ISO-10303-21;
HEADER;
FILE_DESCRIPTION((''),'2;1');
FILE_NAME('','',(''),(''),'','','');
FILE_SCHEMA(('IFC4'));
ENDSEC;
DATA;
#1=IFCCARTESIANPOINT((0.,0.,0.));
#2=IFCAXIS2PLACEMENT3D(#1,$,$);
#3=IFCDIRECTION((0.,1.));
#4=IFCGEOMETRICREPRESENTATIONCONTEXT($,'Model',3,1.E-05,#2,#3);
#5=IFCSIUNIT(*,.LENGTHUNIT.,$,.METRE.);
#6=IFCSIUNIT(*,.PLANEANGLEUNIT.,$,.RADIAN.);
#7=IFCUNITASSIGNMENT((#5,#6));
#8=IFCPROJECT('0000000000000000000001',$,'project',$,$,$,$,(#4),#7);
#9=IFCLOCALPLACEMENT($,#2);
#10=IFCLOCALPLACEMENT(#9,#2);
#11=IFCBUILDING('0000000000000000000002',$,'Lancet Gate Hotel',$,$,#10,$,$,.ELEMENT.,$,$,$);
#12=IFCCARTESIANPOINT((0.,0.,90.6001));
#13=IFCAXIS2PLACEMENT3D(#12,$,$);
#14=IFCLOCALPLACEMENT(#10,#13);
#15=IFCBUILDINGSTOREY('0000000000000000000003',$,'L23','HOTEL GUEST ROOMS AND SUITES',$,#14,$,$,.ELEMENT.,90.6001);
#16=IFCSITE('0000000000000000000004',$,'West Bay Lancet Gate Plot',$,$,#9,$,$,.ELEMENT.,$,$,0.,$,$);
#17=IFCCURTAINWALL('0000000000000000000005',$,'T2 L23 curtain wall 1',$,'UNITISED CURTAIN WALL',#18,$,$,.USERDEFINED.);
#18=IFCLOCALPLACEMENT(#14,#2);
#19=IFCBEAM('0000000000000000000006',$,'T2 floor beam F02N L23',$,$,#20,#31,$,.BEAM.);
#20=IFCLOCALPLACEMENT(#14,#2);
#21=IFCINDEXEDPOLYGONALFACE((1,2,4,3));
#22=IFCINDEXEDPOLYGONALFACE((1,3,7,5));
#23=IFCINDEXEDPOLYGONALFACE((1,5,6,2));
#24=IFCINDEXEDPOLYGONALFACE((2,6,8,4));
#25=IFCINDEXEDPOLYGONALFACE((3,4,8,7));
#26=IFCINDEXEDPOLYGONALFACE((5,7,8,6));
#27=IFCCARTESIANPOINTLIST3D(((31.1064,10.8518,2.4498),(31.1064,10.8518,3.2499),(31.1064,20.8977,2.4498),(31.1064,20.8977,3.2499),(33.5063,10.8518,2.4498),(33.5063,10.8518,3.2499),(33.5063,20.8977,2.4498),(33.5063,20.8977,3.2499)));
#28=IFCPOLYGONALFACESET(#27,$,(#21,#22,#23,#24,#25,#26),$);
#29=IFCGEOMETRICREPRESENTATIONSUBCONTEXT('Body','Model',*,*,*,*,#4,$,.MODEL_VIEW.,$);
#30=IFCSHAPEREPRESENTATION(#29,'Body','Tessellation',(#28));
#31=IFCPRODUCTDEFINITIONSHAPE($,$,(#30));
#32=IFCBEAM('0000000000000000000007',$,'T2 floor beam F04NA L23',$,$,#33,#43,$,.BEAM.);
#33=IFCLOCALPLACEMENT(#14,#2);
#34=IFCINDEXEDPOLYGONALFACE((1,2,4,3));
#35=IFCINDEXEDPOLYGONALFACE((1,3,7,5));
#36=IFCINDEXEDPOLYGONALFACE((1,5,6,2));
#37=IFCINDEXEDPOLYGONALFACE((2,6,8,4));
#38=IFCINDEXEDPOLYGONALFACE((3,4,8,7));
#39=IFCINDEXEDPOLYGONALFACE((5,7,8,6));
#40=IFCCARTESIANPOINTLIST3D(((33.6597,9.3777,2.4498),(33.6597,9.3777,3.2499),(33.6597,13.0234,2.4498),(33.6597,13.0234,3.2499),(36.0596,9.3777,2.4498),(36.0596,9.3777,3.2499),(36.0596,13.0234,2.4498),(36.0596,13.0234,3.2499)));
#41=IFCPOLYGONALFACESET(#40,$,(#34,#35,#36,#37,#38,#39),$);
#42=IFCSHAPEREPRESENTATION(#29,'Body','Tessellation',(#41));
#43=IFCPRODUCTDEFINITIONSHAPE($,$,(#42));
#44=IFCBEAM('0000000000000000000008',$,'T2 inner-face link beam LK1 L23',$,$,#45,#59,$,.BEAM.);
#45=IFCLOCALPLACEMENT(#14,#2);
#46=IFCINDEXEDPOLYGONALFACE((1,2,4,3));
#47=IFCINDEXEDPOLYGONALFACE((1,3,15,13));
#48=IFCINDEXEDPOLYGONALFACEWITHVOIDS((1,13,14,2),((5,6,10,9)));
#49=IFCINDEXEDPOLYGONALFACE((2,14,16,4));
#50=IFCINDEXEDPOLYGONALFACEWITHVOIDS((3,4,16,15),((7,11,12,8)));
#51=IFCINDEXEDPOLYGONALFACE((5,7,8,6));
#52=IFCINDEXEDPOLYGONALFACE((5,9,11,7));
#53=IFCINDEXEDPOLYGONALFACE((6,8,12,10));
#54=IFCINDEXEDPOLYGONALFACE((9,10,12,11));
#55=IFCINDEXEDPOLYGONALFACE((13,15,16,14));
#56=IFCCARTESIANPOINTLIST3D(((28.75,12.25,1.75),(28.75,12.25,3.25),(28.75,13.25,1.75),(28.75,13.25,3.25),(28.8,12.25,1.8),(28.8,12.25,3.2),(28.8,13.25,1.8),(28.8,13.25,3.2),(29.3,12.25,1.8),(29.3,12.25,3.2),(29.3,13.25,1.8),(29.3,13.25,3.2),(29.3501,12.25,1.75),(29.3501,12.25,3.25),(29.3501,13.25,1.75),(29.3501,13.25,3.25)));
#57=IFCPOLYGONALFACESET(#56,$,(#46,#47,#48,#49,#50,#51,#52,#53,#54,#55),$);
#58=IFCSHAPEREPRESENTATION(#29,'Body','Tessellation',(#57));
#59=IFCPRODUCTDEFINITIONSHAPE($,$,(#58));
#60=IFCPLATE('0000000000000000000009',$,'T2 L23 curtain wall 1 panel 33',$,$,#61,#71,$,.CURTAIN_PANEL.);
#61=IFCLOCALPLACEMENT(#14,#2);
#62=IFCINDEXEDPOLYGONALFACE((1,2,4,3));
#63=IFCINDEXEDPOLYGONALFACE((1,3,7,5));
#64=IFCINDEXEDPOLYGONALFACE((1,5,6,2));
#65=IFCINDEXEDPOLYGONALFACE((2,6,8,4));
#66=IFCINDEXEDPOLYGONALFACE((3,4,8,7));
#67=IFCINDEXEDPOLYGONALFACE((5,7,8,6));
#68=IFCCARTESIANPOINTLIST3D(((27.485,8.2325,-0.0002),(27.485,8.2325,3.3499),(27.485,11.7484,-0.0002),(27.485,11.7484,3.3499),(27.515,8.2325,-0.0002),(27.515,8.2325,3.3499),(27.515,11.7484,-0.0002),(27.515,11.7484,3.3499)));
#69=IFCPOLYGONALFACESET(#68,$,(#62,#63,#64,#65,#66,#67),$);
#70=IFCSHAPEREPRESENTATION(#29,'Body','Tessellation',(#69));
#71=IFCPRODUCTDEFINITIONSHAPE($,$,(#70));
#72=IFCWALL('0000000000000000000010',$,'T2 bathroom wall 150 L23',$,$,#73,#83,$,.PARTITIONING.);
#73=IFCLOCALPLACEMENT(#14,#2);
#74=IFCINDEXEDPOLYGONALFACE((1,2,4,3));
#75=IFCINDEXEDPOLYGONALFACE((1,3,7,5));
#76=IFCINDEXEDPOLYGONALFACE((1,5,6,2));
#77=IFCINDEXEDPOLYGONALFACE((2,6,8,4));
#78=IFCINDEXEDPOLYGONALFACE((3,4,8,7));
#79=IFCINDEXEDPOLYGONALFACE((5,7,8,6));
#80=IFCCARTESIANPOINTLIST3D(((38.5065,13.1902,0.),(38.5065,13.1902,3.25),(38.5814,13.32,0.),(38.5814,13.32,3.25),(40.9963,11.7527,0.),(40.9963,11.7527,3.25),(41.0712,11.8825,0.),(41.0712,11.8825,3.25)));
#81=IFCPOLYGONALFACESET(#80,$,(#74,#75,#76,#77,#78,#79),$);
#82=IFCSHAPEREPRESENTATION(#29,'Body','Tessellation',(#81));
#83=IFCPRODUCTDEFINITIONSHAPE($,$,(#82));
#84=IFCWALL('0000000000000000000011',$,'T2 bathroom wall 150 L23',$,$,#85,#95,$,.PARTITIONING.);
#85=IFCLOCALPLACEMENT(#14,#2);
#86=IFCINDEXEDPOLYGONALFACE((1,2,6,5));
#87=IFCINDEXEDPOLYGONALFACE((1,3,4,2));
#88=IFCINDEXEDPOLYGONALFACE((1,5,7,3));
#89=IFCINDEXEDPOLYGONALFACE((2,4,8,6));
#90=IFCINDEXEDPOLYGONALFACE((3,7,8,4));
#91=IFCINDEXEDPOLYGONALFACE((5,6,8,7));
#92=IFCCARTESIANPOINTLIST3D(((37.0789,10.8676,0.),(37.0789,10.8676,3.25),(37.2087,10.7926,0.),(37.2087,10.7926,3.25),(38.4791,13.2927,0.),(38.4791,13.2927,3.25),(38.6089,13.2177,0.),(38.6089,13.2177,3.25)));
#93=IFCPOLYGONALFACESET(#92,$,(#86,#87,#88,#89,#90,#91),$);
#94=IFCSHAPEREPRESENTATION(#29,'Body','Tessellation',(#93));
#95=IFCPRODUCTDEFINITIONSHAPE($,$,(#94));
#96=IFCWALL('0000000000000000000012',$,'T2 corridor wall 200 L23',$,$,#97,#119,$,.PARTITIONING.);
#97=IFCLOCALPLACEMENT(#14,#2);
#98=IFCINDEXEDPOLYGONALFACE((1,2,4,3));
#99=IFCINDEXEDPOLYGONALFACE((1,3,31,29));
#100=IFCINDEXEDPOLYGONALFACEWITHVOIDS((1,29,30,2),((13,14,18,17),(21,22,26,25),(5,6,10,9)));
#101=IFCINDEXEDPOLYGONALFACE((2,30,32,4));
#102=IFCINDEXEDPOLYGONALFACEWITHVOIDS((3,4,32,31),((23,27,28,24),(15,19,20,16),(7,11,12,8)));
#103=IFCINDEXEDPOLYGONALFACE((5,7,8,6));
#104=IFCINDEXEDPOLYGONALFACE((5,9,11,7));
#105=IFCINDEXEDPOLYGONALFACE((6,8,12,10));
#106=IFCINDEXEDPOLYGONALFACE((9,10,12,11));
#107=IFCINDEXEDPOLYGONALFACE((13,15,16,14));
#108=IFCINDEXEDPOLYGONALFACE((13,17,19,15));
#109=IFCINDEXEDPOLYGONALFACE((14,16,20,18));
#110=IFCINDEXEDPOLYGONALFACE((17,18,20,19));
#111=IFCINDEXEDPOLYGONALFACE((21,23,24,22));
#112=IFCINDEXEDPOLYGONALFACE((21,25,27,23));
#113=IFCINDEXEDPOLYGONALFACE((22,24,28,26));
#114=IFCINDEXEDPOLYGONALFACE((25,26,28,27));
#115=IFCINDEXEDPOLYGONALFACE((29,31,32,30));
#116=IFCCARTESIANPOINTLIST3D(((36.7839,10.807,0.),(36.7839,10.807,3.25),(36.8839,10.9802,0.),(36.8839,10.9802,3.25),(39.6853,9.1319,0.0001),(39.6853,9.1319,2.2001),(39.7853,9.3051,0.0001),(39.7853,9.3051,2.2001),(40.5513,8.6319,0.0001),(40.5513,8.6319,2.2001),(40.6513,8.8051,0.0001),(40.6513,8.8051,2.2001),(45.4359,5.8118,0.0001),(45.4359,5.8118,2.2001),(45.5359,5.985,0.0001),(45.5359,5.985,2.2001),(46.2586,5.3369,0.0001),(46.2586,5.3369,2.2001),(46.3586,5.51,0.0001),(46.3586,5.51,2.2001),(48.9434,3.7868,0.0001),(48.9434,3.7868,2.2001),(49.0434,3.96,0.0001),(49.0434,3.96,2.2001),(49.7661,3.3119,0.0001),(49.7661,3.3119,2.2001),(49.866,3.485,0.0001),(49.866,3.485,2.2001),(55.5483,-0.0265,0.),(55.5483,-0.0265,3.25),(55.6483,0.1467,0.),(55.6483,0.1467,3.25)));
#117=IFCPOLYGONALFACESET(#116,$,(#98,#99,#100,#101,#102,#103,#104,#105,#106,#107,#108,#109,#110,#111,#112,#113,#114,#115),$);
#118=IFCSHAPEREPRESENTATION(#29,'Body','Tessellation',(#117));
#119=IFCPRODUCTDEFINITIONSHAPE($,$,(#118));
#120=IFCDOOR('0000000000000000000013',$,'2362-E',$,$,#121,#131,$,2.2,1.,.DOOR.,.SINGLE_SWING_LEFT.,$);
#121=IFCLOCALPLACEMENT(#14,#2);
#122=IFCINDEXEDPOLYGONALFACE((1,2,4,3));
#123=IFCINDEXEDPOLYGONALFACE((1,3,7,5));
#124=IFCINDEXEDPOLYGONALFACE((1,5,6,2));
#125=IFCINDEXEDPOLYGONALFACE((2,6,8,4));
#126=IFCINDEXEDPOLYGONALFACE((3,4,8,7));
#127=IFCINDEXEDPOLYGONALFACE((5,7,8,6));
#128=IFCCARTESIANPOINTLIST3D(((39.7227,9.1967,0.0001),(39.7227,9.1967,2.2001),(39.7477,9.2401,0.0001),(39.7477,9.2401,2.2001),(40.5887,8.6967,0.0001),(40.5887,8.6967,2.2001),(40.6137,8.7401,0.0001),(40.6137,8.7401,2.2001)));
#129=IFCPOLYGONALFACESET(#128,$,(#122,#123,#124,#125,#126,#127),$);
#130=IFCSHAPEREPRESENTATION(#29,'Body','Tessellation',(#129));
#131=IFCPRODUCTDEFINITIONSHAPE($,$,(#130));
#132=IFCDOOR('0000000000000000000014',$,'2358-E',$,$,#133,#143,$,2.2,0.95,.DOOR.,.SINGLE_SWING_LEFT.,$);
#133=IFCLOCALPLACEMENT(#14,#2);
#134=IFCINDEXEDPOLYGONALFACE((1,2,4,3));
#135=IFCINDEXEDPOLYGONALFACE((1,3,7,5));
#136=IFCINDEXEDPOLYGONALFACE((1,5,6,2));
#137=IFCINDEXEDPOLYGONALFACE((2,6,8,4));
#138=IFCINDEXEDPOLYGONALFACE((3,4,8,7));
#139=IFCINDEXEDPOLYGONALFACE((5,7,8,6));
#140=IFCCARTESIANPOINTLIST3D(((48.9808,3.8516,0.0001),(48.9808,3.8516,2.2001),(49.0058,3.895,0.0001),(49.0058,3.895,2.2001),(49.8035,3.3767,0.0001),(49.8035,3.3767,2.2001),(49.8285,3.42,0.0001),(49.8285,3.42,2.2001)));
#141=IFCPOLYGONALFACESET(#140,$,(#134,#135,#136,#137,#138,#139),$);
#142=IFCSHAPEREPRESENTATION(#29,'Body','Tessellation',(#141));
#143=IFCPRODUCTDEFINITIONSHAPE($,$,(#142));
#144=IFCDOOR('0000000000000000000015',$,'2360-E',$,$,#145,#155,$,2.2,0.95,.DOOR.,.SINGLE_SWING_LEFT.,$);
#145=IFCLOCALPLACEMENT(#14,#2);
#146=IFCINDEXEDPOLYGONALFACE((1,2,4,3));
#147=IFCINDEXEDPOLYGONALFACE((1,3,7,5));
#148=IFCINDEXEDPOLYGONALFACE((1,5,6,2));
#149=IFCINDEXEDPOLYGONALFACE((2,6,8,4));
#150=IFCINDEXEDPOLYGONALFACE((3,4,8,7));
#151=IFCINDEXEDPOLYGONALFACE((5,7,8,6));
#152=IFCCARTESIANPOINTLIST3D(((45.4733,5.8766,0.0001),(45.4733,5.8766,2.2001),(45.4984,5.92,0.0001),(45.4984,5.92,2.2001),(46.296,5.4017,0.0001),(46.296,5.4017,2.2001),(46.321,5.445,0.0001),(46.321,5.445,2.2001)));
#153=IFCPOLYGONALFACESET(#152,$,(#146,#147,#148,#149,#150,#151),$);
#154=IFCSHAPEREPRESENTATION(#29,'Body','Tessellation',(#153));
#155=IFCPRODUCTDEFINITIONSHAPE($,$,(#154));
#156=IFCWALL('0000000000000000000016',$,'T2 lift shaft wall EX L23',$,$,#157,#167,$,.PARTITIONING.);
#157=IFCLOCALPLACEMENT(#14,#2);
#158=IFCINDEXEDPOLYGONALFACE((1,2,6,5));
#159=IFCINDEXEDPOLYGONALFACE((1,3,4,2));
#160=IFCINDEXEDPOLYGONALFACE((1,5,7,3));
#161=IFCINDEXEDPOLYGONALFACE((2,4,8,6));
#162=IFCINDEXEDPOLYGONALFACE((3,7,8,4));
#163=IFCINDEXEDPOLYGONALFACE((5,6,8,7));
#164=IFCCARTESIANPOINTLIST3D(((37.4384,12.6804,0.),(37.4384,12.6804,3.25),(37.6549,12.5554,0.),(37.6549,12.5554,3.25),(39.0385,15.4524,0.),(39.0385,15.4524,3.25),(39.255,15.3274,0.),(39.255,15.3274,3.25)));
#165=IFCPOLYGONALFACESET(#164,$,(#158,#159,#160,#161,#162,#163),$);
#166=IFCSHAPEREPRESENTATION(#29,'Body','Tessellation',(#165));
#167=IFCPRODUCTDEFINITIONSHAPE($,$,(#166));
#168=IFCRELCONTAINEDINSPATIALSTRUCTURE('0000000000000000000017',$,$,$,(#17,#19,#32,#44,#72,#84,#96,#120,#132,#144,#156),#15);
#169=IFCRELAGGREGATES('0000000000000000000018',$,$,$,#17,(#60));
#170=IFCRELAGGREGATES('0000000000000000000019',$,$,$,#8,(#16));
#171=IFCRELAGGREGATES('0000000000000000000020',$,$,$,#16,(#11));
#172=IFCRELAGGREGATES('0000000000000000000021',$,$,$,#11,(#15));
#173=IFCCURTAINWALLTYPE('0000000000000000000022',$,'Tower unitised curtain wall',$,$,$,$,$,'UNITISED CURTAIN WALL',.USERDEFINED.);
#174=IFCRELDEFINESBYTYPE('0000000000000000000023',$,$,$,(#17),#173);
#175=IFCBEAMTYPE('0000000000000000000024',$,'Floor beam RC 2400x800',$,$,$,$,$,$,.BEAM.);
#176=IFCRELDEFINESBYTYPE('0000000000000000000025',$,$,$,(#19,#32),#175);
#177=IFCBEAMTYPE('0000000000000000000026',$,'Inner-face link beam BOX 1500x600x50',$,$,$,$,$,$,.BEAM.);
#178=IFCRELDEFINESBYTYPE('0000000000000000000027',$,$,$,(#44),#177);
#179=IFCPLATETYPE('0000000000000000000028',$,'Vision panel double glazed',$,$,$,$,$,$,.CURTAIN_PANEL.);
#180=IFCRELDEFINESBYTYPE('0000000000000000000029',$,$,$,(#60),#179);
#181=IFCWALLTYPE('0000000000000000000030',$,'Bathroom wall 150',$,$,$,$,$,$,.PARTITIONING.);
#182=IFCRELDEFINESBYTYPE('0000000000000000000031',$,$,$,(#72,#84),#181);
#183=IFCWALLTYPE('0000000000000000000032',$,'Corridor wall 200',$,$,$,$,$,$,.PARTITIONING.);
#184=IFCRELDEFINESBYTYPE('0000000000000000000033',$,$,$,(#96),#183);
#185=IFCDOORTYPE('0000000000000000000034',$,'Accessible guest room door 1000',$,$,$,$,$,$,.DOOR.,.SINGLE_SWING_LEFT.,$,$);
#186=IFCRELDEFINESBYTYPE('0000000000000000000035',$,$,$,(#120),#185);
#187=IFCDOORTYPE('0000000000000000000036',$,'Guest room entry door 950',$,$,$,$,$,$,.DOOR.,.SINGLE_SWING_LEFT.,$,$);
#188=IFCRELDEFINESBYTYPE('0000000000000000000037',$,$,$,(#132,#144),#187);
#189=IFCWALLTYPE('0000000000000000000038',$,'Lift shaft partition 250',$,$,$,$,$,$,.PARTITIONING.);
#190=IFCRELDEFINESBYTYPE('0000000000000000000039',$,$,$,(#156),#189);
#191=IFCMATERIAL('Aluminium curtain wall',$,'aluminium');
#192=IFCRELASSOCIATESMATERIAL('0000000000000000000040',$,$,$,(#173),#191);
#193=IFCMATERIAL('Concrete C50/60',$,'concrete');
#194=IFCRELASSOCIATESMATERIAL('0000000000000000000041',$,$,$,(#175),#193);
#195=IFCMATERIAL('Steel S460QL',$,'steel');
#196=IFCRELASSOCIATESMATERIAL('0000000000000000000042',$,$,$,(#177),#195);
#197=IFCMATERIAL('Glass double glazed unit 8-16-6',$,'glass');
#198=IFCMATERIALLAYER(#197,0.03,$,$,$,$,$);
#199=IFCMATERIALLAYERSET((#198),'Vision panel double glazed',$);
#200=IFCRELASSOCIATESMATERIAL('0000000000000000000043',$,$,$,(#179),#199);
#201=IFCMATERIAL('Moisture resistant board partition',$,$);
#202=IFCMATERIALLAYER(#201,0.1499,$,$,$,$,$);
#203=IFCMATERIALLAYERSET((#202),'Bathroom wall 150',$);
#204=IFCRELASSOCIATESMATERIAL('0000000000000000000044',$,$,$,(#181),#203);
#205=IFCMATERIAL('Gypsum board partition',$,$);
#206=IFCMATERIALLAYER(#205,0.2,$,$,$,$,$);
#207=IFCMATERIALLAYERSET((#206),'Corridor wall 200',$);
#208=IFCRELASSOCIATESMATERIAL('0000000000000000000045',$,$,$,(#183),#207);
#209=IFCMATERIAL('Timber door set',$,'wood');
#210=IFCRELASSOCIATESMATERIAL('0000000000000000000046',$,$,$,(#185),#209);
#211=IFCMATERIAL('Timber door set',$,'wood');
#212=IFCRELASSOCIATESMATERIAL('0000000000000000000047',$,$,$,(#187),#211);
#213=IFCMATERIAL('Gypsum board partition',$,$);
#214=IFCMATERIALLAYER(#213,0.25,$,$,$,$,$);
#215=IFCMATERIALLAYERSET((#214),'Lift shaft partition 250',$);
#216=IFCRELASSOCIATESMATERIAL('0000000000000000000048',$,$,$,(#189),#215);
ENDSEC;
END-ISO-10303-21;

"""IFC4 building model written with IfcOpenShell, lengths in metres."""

from ifc_helpers import new_model, si_unit, direction, frame, frame_2d, origin, origin_2d, place, context, subcontext, project, spatial, rectangle, hollow_rectangle, extrude, material, layer, layer_set, material_profile, profile_set, type_object, element, fill, aggregate, save


model = new_model("IFC4")

# Units and contexts
model_context = context("Model", 3, precision=1e-05, world=origin(), true_north=direction((0.0, 1.0)))
body_context = subcontext(model_context, "Body", "Model", "MODEL_VIEW")
ifc_project = project(units=[si_unit("LENGTHUNIT", "METRE"), si_unit("PLANEANGLEUNIT", "RADIAN")], contexts=[model_context])

# Site, building, storey
site_placement = place(None, origin())
site = spatial("IfcSite", under=ifc_project, at=site_placement, Name="West Bay Lancet Gate Plot", CompositionType="ELEMENT", RefElevation=0.0)
building_placement = place(site_placement, origin())
building = spatial("IfcBuilding", under=site, at=building_placement, Name="Lancet Gate Hotel", CompositionType="ELEMENT")
storey_placement = place(building_placement, frame((0.0, 0.0, 90.6001)))
storey = spatial("IfcBuildingStorey", under=building, at=storey_placement, Name="L23", Description="HOTEL GUEST ROOMS AND SUITES", CompositionType="ELEMENT", Elevation=90.6001)

# Curtain wall
ifc_material_1 = material(Name="Aluminium curtain wall", Category="aluminium")
curtain_wall_type = type_object("IfcCurtainWallType", Name="Tower unitised curtain wall", ElementType="UNITISED CURTAIN WALL", PredefinedType="USERDEFINED", material=ifc_material_1)
curtain_wall_placement = place(storey_placement, origin())
curtain_wall = element("IfcCurtainWall", 1, at=curtain_wall_placement, inside=storey, type_object=curtain_wall_type, Name="T2 L23 curtain wall 1", ObjectType="UNITISED CURTAIN WALL", PredefinedType="USERDEFINED")

# Beams
ifc_material_2 = material(Name="Concrete C50/60", Category="concrete")
ifc_material_profile_1 = material_profile(ifc_material_2, rectangle(XDim=2.3999, YDim=0.8, at=origin_2d()), Name="RC 2400x800")
ifc_profile_set_1 = profile_set([ifc_material_profile_1], Name="Concrete C50/60")
beam_type_1 = type_object("IfcBeamType", Name="Floor beam RC 2400x800", PredefinedType="BEAM", material=ifc_profile_set_1)
beam_1_placement = place(storey_placement, frame((32.3064, 10.8518, 2.8499), z_axis=(0.0, 1.0, 0.0), x_axis=(-1.0, 0.0, 0.0)))
element("IfcBeam", 2, at=beam_1_placement, inside=storey, type_object=beam_type_1, Name="T2 floor beam F02N L23", PredefinedType="BEAM", context=body_context, shape_type="SweptSolid", body=[
    extrude(rectangle(XDim=2.3999, YDim=0.8, at=origin_2d()), origin(), (0.0, 0.0, 1.0), 10.0459),
])
beam_2_placement = place(storey_placement, frame((34.8596, 9.3777, 2.8499), z_axis=(0.0, 1.0, 0.0), x_axis=(-1.0, 0.0, 0.0)))
element("IfcBeam", 3, at=beam_2_placement, inside=storey, type_object=beam_type_1, Name="T2 floor beam F04NA L23", PredefinedType="BEAM", context=body_context, shape_type="SweptSolid", body=[
    extrude(rectangle(XDim=2.3999, YDim=0.8, at=origin_2d()), origin(), (0.0, 0.0, 1.0), 3.6458),
])
ifc_material_3 = material(Name="Steel S460QL", Category="steel")
ifc_material_profile_2 = material_profile(ifc_material_3, hollow_rectangle(XDim=0.6001, YDim=1.5, WallThickness=0.05, at=origin_2d()), Name="BOX 1500x600x50")
ifc_profile_set_2 = profile_set([ifc_material_profile_2], Name="Steel S460QL")
beam_type_2 = type_object("IfcBeamType", Name="Inner-face link beam BOX 1500x600x50", PredefinedType="BEAM", material=ifc_profile_set_2)
beam_3_placement = place(storey_placement, frame((29.05, 12.25, 2.5), z_axis=(0.0, 1.0, 0.0), x_axis=(-1.0, 0.0, 0.0)))
element("IfcBeam", 4, at=beam_3_placement, inside=storey, type_object=beam_type_2, Name="T2 inner-face link beam LK1 L23", PredefinedType="BEAM", context=body_context, shape_type="SweptSolid", body=[
    extrude(hollow_rectangle(XDim=0.6001, YDim=1.5, WallThickness=0.05, at=origin_2d()), origin(), (0.0, 0.0, 1.0), 1.0),
])

# Plate
ifc_material_4 = material(Name="Glass double glazed unit 8-16-6", Category="glass")
ifc_layer_1 = layer(ifc_material_4, 0.03)
ifc_layer_set_1 = layer_set([ifc_layer_1], Name="Vision panel double glazed")
plate_type = type_object("IfcPlateType", Name="Vision panel double glazed", PredefinedType="CURTAIN_PANEL", material=ifc_layer_set_1)
plate_placement = place(storey_placement, frame((27.5, 9.9905, -0.0002), z_axis=(0.0, 0.0, 1.0), x_axis=(0.0, -1.0, 0.0)))
plate = element("IfcPlate", 5, at=plate_placement, type_object=plate_type, Name="T2 L23 curtain wall 1 panel 33", PredefinedType="CURTAIN_PANEL", context=body_context, shape_type="SweptSolid", body=[
    extrude(rectangle(XDim=3.5159, YDim=0.03, at=origin_2d()), origin(), (0.0, 0.0, 1.0), 3.3501),
])
aggregate(curtain_wall, [plate])

# Walls
ifc_material_5 = material(Name="Moisture resistant board partition")
ifc_layer_2 = layer(ifc_material_5, 0.1499)
ifc_layer_set_2 = layer_set([ifc_layer_2], Name="Bathroom wall 150")
wall_type_1 = type_object("IfcWallType", Name="Bathroom wall 150", PredefinedType="PARTITIONING", material=ifc_layer_set_2)
wall_1_placement = place(storey_placement, frame((38.5439, 13.2551, 0.0), z_axis=(0.0, 0.0, 1.0), x_axis=(0.866019, -0.500012, 0.0)))
element("IfcWall", 6, at=wall_1_placement, inside=storey, type_object=wall_type_1, Name="T2 bathroom wall 150 L23", PredefinedType="PARTITIONING", context=body_context, shape_type="SweptSolid", body=[
    extrude(rectangle(XDim=2.875, YDim=0.1499, at=frame_2d((1.4375, 0.0))), origin(), (0.0, 0.0, 1.0), 3.25),
])
wall_2_placement = place(storey_placement, frame((37.1438, 10.8301, 0.0), z_axis=(0.0, 0.0, 1.0), x_axis=(0.500012, 0.866019, 0.0)))
element("IfcWall", 7, at=wall_2_placement, inside=storey, type_object=wall_type_1, Name="T2 bathroom wall 150 L23", PredefinedType="PARTITIONING", context=body_context, shape_type="SweptSolid", body=[
    extrude(rectangle(XDim=2.8003, YDim=0.1499, at=frame_2d((1.4001, 0.0))), origin(), (0.0, 0.0, 1.0), 3.25),
])

# Wall, openings, doors
ifc_material_6 = material(Name="Gypsum board partition")
ifc_layer_3 = layer(ifc_material_6, 0.2)
ifc_layer_set_3 = layer_set([ifc_layer_3], Name="Corridor wall 200")
wall_type_2 = type_object("IfcWallType", Name="Corridor wall 200", PredefinedType="PARTITIONING", material=ifc_layer_set_3)
wall_3_placement = place(storey_placement, frame((36.834, 10.8936, 0.0), z_axis=(0.0, 0.0, 1.0), x_axis=(0.866028, -0.499995, 0.0)))
wall_3 = element("IfcWall", 8, at=wall_3_placement, inside=storey, type_object=wall_type_2, Name="T2 corridor wall 200 L23", PredefinedType="PARTITIONING", context=body_context, shape_type="SweptSolid", body=[
    extrude(rectangle(XDim=21.6672, YDim=0.2, at=frame_2d((10.8335, 0.0))), origin(), (0.0, 0.0, 1.0), 3.25),
])
opening_1_placement = place(wall_3_placement, frame((14.0403, 0.0, 0.0)))
opening_1 = element("IfcOpeningElement", 9, at=opening_1_placement, cuts=wall_3, PredefinedType="OPENING", context=body_context, shape_type="SweptSolid", body=[
    extrude(rectangle(XDim=0.95, YDim=2.2, at=frame_2d((0.4751, 1.1001))), frame((0.0, 0.1099, 0.0), z_axis=(0.0, -1.0, 0.0), x_axis=(1.0, 0.0, 0.0)), (0.0, 0.0, 1.0), 0.22),
])
opening_2_placement = place(wall_3_placement, frame((9.9902, 0.0, 0.0)))
opening_2 = element("IfcOpeningElement", 10, at=opening_2_placement, cuts=wall_3, PredefinedType="OPENING", context=body_context, shape_type="SweptSolid", body=[
    extrude(rectangle(XDim=0.95, YDim=2.2, at=frame_2d((0.4751, 1.1001))), frame((0.0, 0.1099, 0.0), z_axis=(0.0, -1.0, 0.0), x_axis=(1.0, 0.0, 0.0)), (0.0, 0.0, 1.0), 0.22),
])
opening_3_placement = place(wall_3_placement, frame((3.3501, 0.0, 0.0)))
opening_3 = element("IfcOpeningElement", 11, at=opening_3_placement, cuts=wall_3, PredefinedType="OPENING", context=body_context, shape_type="SweptSolid", body=[
    extrude(rectangle(XDim=1.0, YDim=2.2, at=frame_2d((0.5, 1.1001))), frame((0.0, 0.1099, 0.0), z_axis=(0.0, -1.0, 0.0), x_axis=(1.0, 0.0, 0.0)), (0.0, 0.0, 1.0), 0.22),
])
ifc_material_7 = material(Name="Timber door set", Category="wood")
door_type_1 = type_object("IfcDoorType", Name="Accessible guest room door 1000", OperationType="SINGLE_SWING_LEFT", PredefinedType="DOOR", material=ifc_material_7)
door_1_placement = place(opening_3_placement, origin())
door_1 = element("IfcDoor", 12, at=door_1_placement, inside=storey, type_object=door_type_1, Name="2362-E", OperationType="SINGLE_SWING_LEFT", OverallHeight=2.2, OverallWidth=1.0, PredefinedType="DOOR", context=body_context, shape_type="SweptSolid", body=[
    extrude(rectangle(XDim=1.0, YDim=2.2, at=frame_2d((0.5, 1.1001))), frame((0.0, 0.0249, 0.0), z_axis=(0.0, -1.0, 0.0), x_axis=(1.0, 0.0, 0.0)), (0.0, 0.0, 1.0), 0.05),
])
fill(opening_3, door_1)
ifc_material_8 = material(Name="Timber door set", Category="wood")
door_type_2 = type_object("IfcDoorType", Name="Guest room entry door 950", OperationType="SINGLE_SWING_LEFT", PredefinedType="DOOR", material=ifc_material_8)
door_2_placement = place(opening_1_placement, origin())
door_2 = element("IfcDoor", 13, at=door_2_placement, inside=storey, type_object=door_type_2, Name="2358-E", OperationType="SINGLE_SWING_LEFT", OverallHeight=2.2, OverallWidth=0.95, PredefinedType="DOOR", context=body_context, shape_type="SweptSolid", body=[
    extrude(rectangle(XDim=0.95, YDim=2.2, at=frame_2d((0.4751, 1.1001))), frame((0.0, 0.0249, 0.0), z_axis=(0.0, -1.0, 0.0), x_axis=(1.0, 0.0, 0.0)), (0.0, 0.0, 1.0), 0.05),
])
fill(opening_1, door_2)
door_3_placement = place(opening_2_placement, origin())
door_3 = element("IfcDoor", 14, at=door_3_placement, inside=storey, type_object=door_type_2, Name="2360-E", OperationType="SINGLE_SWING_LEFT", OverallHeight=2.2, OverallWidth=0.95, PredefinedType="DOOR", context=body_context, shape_type="SweptSolid", body=[
    extrude(rectangle(XDim=0.95, YDim=2.2, at=frame_2d((0.4751, 1.1001))), frame((0.0, 0.0249, 0.0), z_axis=(0.0, -1.0, 0.0), x_axis=(1.0, 0.0, 0.0)), (0.0, 0.0, 1.0), 0.05),
])
fill(opening_2, door_3)

# Wall
ifc_material_9 = material(Name="Gypsum board partition")
ifc_layer_4 = layer(ifc_material_9, 0.25)
ifc_layer_set_4 = layer_set([ifc_layer_4], Name="Lift shaft partition 250")
wall_type_3 = type_object("IfcWallType", Name="Lift shaft partition 250", PredefinedType="PARTITIONING", material=ifc_layer_set_4)
wall_4_placement = place(storey_placement, frame((37.5466, 12.6179, 0.0), z_axis=(0.0, 0.0, 1.0), x_axis=(0.499929, 0.866066, 0.0)))
element("IfcWall", 15, at=wall_4_placement, inside=storey, type_object=wall_type_3, Name="T2 lift shaft wall EX L23", PredefinedType="PARTITIONING", context=body_context, shape_type="SweptSolid", body=[
    extrude(rectangle(XDim=3.2007, YDim=0.25, at=frame_2d((1.6003, 0.0))), origin(), (0.0, 0.0, 1.0), 3.25),
])

save(model, "model.ifc")
